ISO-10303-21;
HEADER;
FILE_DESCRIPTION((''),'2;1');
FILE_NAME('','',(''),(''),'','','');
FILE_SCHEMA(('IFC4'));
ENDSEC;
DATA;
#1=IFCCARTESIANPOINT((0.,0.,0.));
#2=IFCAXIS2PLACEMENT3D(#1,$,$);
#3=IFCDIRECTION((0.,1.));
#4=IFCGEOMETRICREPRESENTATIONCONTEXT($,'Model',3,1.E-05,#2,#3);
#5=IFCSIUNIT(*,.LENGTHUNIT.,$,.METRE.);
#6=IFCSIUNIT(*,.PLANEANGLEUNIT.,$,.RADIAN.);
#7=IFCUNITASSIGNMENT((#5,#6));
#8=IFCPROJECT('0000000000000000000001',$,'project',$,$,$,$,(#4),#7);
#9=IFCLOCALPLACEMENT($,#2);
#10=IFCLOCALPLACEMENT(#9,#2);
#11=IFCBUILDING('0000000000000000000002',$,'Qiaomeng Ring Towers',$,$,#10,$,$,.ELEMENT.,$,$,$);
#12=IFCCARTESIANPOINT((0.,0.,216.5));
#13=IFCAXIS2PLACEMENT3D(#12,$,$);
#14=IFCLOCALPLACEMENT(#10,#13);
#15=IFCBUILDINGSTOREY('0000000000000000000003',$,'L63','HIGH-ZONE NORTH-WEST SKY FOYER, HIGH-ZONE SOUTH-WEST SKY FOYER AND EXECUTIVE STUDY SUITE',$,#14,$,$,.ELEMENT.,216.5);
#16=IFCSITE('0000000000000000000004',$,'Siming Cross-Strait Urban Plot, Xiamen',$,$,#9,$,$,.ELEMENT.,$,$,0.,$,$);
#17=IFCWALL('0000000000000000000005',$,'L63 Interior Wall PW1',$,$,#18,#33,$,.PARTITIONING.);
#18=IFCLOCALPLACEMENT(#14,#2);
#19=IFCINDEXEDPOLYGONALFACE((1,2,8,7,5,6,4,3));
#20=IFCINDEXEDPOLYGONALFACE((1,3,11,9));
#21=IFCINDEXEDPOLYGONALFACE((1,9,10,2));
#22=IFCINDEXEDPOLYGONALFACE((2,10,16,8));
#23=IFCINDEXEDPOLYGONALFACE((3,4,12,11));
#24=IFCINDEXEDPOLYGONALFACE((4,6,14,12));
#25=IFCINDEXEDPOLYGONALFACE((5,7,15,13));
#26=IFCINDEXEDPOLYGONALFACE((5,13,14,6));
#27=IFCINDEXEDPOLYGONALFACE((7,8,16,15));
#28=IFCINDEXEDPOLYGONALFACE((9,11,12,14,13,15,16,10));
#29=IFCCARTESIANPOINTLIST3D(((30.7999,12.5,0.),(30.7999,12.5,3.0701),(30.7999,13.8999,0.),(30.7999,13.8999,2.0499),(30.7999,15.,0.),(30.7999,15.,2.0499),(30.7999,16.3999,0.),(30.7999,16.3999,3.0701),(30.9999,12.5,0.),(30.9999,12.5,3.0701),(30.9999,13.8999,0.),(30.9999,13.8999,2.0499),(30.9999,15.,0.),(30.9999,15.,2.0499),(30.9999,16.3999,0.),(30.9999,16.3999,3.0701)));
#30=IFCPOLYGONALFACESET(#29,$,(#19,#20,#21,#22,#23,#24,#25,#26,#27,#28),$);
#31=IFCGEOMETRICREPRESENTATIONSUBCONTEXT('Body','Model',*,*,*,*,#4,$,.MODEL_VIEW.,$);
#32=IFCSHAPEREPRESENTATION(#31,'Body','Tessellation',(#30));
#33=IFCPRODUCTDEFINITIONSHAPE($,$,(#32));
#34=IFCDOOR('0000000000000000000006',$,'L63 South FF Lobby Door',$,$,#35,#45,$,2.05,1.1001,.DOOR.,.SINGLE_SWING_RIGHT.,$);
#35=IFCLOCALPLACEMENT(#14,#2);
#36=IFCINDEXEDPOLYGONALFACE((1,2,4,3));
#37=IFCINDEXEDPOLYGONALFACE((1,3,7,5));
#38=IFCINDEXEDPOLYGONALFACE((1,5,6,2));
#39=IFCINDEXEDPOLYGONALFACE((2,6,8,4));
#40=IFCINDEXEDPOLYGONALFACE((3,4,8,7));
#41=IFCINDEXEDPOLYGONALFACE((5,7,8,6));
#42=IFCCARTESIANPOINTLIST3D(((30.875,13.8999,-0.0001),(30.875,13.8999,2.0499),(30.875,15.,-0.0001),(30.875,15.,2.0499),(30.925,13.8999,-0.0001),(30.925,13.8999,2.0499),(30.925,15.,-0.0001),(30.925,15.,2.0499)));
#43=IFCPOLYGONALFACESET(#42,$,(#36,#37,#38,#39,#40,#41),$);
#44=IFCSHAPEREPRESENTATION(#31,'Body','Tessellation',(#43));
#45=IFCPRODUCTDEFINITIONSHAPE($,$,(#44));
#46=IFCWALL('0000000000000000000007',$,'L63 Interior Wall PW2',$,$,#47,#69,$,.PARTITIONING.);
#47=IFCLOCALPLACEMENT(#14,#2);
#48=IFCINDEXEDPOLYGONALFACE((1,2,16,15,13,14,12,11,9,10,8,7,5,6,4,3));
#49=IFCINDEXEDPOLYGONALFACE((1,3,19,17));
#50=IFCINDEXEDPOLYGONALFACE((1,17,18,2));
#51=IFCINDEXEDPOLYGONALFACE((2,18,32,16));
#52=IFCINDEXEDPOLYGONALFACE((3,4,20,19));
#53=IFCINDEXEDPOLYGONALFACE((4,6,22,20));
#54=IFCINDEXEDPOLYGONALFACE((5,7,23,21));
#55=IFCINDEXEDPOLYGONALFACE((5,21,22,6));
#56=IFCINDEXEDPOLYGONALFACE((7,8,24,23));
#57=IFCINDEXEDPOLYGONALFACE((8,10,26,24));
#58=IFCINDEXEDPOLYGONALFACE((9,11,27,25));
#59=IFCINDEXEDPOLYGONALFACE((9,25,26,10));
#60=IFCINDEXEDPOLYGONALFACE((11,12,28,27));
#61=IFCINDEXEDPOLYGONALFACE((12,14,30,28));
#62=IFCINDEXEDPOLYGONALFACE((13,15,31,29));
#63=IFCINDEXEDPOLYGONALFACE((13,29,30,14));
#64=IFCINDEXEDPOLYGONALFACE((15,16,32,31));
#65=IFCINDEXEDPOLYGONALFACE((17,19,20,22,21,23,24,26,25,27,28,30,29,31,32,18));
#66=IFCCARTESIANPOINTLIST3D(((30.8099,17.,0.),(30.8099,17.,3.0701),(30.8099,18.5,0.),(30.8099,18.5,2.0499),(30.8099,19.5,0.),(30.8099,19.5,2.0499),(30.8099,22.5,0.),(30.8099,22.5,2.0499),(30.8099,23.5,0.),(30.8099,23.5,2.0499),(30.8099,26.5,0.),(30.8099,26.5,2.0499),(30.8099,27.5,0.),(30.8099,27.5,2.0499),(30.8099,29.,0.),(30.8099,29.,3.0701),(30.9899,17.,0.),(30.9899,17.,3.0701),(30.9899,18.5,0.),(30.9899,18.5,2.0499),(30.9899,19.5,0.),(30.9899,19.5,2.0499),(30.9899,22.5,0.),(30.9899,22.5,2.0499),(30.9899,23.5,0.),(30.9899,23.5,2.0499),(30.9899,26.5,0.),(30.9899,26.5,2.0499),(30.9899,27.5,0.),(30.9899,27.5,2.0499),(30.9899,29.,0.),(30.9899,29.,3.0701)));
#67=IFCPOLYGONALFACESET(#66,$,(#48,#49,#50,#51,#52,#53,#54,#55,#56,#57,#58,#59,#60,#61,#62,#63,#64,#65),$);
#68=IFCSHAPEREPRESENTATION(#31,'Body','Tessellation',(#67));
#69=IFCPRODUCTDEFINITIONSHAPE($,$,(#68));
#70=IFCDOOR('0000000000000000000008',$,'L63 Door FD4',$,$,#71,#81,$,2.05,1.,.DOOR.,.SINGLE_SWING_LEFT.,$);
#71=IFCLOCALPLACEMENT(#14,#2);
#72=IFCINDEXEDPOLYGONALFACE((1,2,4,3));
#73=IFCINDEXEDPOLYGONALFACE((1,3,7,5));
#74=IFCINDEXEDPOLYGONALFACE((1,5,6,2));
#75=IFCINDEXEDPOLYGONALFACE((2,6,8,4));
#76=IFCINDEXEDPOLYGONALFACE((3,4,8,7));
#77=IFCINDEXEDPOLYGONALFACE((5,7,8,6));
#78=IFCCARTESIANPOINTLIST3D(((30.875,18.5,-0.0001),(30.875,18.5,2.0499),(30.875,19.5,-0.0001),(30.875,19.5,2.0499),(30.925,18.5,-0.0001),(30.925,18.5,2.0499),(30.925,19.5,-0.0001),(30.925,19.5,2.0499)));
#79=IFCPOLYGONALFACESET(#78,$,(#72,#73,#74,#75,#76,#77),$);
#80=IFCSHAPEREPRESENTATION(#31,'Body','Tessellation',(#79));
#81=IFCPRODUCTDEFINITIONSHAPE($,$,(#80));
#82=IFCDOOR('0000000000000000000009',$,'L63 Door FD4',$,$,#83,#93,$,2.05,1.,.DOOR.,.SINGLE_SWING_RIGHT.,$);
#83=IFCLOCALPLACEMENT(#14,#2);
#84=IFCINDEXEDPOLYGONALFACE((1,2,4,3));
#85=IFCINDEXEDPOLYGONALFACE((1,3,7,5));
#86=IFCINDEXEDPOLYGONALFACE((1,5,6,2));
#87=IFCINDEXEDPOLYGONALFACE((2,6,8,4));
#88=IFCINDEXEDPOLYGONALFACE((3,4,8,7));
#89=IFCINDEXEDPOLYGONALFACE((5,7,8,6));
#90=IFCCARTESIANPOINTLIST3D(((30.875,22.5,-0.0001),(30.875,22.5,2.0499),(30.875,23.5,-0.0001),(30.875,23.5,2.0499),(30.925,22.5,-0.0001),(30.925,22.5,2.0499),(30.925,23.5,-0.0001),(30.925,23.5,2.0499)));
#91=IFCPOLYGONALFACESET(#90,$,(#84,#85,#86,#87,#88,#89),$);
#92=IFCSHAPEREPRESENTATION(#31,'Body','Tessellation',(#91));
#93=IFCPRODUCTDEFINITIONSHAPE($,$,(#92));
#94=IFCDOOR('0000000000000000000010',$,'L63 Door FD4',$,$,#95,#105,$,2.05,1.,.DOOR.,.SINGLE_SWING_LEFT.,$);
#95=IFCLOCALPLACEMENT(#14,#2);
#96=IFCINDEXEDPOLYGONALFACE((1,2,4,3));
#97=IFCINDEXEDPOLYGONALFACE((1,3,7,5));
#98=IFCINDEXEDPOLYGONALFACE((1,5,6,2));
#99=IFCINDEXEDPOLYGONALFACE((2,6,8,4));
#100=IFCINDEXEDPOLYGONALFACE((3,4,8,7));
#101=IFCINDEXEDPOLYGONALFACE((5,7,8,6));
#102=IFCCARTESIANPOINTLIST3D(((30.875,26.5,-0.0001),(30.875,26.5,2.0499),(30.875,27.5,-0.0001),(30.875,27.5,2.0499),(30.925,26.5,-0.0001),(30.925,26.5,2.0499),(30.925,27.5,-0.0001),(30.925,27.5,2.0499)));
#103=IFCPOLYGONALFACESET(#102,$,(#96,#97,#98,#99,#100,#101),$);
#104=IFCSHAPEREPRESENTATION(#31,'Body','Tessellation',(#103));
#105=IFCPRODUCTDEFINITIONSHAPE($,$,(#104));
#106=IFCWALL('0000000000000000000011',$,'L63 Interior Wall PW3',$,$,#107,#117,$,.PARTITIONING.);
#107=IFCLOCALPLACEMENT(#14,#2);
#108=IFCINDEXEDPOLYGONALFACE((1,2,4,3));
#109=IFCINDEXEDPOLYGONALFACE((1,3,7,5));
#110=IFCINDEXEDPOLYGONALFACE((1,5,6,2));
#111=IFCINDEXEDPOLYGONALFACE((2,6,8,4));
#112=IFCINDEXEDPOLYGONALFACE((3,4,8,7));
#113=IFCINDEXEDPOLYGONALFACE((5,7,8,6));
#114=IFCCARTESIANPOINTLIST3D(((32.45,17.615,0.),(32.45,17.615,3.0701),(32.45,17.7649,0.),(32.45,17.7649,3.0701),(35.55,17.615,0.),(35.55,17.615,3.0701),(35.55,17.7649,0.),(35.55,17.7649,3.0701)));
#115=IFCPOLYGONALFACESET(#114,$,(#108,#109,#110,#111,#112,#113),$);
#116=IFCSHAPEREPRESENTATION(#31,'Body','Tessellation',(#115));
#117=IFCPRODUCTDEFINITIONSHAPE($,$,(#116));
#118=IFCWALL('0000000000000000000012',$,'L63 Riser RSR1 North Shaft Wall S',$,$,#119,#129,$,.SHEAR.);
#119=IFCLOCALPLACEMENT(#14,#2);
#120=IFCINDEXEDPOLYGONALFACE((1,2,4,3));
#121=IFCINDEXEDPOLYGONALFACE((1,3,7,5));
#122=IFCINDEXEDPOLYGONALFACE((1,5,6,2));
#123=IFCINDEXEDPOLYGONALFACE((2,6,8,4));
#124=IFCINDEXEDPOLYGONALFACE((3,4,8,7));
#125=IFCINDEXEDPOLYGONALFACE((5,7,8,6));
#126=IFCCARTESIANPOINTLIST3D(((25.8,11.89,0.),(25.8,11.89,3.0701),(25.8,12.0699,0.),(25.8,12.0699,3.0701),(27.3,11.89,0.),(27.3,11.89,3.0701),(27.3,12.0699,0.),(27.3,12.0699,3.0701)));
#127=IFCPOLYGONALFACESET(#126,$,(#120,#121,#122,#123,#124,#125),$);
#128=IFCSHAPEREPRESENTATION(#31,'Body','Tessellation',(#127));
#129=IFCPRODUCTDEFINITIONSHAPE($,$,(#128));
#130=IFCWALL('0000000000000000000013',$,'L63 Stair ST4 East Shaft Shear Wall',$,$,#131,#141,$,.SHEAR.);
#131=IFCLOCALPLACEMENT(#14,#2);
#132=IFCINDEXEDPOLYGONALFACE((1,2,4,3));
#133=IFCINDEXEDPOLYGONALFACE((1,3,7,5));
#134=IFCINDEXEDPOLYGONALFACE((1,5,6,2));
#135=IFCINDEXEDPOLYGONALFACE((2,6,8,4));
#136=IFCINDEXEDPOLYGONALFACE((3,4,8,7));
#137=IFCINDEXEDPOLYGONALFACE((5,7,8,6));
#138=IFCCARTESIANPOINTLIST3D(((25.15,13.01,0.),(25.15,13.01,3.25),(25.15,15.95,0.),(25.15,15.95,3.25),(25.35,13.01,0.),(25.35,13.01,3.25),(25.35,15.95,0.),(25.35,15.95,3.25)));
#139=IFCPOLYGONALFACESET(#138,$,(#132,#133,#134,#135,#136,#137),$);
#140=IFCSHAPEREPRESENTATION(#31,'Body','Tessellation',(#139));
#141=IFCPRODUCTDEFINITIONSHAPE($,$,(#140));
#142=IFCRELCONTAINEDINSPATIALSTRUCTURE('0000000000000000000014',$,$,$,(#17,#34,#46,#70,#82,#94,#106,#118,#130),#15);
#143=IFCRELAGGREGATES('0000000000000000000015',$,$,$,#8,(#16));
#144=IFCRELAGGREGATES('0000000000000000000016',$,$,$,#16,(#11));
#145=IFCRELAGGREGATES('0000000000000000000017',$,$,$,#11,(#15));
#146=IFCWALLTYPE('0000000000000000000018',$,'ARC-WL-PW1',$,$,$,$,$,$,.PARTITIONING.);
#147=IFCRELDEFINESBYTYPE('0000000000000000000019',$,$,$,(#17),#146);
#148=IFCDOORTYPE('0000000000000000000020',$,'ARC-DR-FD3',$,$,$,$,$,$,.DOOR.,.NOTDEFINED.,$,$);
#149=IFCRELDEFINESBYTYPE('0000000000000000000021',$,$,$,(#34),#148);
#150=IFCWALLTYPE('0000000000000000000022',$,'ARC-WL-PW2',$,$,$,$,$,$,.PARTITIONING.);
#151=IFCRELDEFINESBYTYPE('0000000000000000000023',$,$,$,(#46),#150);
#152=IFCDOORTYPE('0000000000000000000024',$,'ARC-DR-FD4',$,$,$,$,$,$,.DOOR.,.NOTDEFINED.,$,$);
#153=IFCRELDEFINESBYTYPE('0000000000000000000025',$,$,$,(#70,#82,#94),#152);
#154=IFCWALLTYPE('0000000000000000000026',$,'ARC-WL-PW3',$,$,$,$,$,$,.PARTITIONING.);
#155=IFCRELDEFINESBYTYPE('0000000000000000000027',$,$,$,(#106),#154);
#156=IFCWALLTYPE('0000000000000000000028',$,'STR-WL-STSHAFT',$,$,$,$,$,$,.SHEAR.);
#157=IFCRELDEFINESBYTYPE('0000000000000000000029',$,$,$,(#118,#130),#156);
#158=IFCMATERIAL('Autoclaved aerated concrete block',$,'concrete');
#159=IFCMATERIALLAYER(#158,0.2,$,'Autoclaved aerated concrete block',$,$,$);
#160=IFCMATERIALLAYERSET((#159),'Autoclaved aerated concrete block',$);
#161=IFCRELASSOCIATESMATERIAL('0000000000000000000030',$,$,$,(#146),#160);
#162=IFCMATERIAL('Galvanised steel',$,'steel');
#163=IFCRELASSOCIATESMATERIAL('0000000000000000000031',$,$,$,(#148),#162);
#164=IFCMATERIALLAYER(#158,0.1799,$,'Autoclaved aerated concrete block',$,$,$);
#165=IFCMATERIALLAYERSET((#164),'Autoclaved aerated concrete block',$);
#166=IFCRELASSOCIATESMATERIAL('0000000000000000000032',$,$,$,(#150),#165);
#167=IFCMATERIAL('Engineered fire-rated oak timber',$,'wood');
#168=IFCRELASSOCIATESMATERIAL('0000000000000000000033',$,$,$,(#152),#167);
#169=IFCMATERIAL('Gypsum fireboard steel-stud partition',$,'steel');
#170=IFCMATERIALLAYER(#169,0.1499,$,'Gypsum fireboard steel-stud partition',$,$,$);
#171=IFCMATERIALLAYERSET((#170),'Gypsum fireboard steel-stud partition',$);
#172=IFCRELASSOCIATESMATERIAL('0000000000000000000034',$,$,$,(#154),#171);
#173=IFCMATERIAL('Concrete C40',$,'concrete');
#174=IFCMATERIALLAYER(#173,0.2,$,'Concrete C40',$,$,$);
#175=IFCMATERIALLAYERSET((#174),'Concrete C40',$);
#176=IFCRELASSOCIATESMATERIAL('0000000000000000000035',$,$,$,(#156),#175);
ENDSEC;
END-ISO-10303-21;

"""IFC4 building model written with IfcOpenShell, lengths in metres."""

from ifc_helpers import new_model, si_unit, direction, frame, frame_2d, origin, place, context, subcontext, project, spatial, rectangle, extrude, source, transform, mapped, material, layer, layer_set, type_object, element, fill, save


model = new_model("IFC4")

# Units and contexts
model_context = context("Model", 3, precision=1e-05, world=origin(), true_north=direction((0.0, 1.0)))
body_context = subcontext(model_context, "Body", "Model", "MODEL_VIEW")
ifc_project = project(units=[si_unit("LENGTHUNIT", "METRE"), si_unit("PLANEANGLEUNIT", "RADIAN")], contexts=[model_context])

# Site, building, storey
site_placement = place(None, origin())
site = spatial("IfcSite", under=ifc_project, at=site_placement, Name="Siming Cross-Strait Urban Plot, Xiamen", CompositionType="ELEMENT", RefElevation=0.0)
building_placement = place(site_placement, origin())
building = spatial("IfcBuilding", under=site, at=building_placement, Name="Qiaomeng Ring Towers", CompositionType="ELEMENT")
storey_placement = place(building_placement, frame((0.0, 0.0, 216.5)))
storey = spatial("IfcBuildingStorey", under=building, at=storey_placement, Name="L63", Description="HIGH-ZONE NORTH-WEST SKY FOYER, HIGH-ZONE SOUTH-WEST SKY FOYER AND EXECUTIVE STUDY SUITE", CompositionType="ELEMENT", Elevation=216.5)

# Shared definitions
ifc_material_1 = material(Name="Concrete C40", Category="concrete")

# Shared definitions
ifc_material_2 = material(Name="Autoclaved aerated concrete block", Category="concrete")
ifc_layer_1 = layer(ifc_material_2, 0.2, Name="Autoclaved aerated concrete block")
ifc_layer_set_1 = layer_set([ifc_layer_1], Name="Autoclaved aerated concrete block")
wall_type_1 = type_object("IfcWallType", Name="ARC-WL-PW1", PredefinedType="PARTITIONING", material=ifc_layer_set_1)

# Wall, opening, door
wall_1_placement = place(storey_placement, frame((30.8999, 12.5, 0.0), z_axis=(0.0, 0.0, 1.0), x_axis=(0.0, 1.0, 0.0)))
wall_1 = element("IfcWall", 1, at=wall_1_placement, inside=storey, type_object=wall_type_1, Name="L63 Interior Wall PW1", PredefinedType="PARTITIONING", context=body_context, shape_type="SweptSolid", body=[
    extrude(rectangle(XDim=3.8999, YDim=0.2, at=frame_2d((1.95, 0.0))), origin(), (0.0, 0.0, 1.0), 3.0701),
])
opening_1_placement = place(wall_1_placement, frame((1.3999, 0.0, 0.0)))
opening_1 = element("IfcOpeningElement", 2, at=opening_1_placement, cuts=wall_1, PredefinedType="OPENING", context=body_context, shape_type="SweptSolid", body=[
    extrude(rectangle(XDim=1.1001, YDim=2.05, at=frame_2d((0.55, 1.0249))), frame((0.0, 0.1099, 0.0), z_axis=(0.0, -1.0, 0.0), x_axis=(1.0, 0.0, 0.0)), (0.0, 0.0, 1.0), 0.22),
])
ifc_material_3 = material(Name="Galvanised steel", Category="steel")
door_type_1 = type_object("IfcDoorType", Name="ARC-DR-FD3", OperationType="NOTDEFINED", PredefinedType="DOOR", material=ifc_material_3)
shared_shape_1 = source(origin(), body_context, "Body", "SweptSolid", [
    extrude(rectangle(XDim=1.1001, YDim=2.05, at=frame_2d((0.55, 1.0249))), frame((0.0, 0.0249, 0.0), z_axis=(0.0, -1.0, 0.0), x_axis=(1.0, 0.0, 0.0)), (0.0, 0.0, 1.0), 0.05),
])
door_1_placement = place(opening_1_placement, origin())
door_1 = element("IfcDoor", 3, at=door_1_placement, inside=storey, type_object=door_type_1, Name="L63 South FF Lobby Door", OperationType="SINGLE_SWING_RIGHT", OverallHeight=2.05, OverallWidth=1.1001, PredefinedType="DOOR", context=body_context, shape_type="MappedRepresentation", body=[
    mapped(shared_shape_1, transform((0.0, 0.0, 0.0), x_axis=(1.0, 0.0, 0.0), y_axis=(0.0, 1.0, 0.0), z_axis=(0.0, 0.0, 1.0), scale=1.0)),
])
fill(opening_1, door_1)

# Wall, openings, doors
ifc_layer_2 = layer(ifc_material_2, 0.1799, Name="Autoclaved aerated concrete block")
ifc_layer_set_2 = layer_set([ifc_layer_2], Name="Autoclaved aerated concrete block")
wall_type_2 = type_object("IfcWallType", Name="ARC-WL-PW2", PredefinedType="PARTITIONING", material=ifc_layer_set_2)
wall_2_placement = place(storey_placement, frame((30.8999, 17.0, 0.0), z_axis=(0.0, 0.0, 1.0), x_axis=(0.0, 1.0, 0.0)))
wall_2 = element("IfcWall", 4, at=wall_2_placement, inside=storey, type_object=wall_type_2, Name="L63 Interior Wall PW2", PredefinedType="PARTITIONING", context=body_context, shape_type="SweptSolid", body=[
    extrude(rectangle(XDim=12.0, YDim=0.1799, at=frame_2d((6.0, 0.0))), origin(), (0.0, 0.0, 1.0), 3.0701),
])
opening_2_placement = place(wall_2_placement, frame((1.5, 0.0, 0.0)))
opening_2 = element("IfcOpeningElement", 5, at=opening_2_placement, cuts=wall_2, PredefinedType="OPENING", context=body_context, shape_type="SweptSolid", body=[
    extrude(rectangle(XDim=1.0, YDim=2.05, at=frame_2d((0.5, 1.0249))), frame((0.0, 0.0999, 0.0), z_axis=(0.0, -1.0, 0.0), x_axis=(1.0, 0.0, 0.0)), (0.0, 0.0, 1.0), 0.2),
])
opening_3_placement = place(wall_2_placement, frame((5.5, 0.0, 0.0)))
opening_3 = element("IfcOpeningElement", 6, at=opening_3_placement, cuts=wall_2, PredefinedType="OPENING", context=body_context, shape_type="SweptSolid", body=[
    extrude(rectangle(XDim=1.0, YDim=2.05, at=frame_2d((0.5, 1.0249))), frame((0.0, 0.0999, 0.0), z_axis=(0.0, -1.0, 0.0), x_axis=(1.0, 0.0, 0.0)), (0.0, 0.0, 1.0), 0.2),
])
opening_4_placement = place(wall_2_placement, frame((9.5, 0.0, 0.0)))
opening_4 = element("IfcOpeningElement", 7, at=opening_4_placement, cuts=wall_2, PredefinedType="OPENING", context=body_context, shape_type="SweptSolid", body=[
    extrude(rectangle(XDim=1.0, YDim=2.05, at=frame_2d((0.5, 1.0249))), frame((0.0, 0.0999, 0.0), z_axis=(0.0, -1.0, 0.0), x_axis=(1.0, 0.0, 0.0)), (0.0, 0.0, 1.0), 0.2),
])
ifc_material_4 = material(Name="Engineered fire-rated oak timber", Category="wood")
door_type_2 = type_object("IfcDoorType", Name="ARC-DR-FD4", OperationType="NOTDEFINED", PredefinedType="DOOR", material=ifc_material_4)
shared_shape_2 = source(origin(), body_context, "Body", "SweptSolid", [
    extrude(rectangle(XDim=1.0, YDim=2.05, at=frame_2d((0.5, 1.0249))), frame((0.0, 0.0249, 0.0), z_axis=(0.0, -1.0, 0.0), x_axis=(1.0, 0.0, 0.0)), (0.0, 0.0, 1.0), 0.05),
])
door_2_placement = place(opening_2_placement, origin())
door_2 = element("IfcDoor", 8, at=door_2_placement, inside=storey, type_object=door_type_2, Name="L63 Door FD4", OperationType="SINGLE_SWING_LEFT", OverallHeight=2.05, OverallWidth=1.0, PredefinedType="DOOR", context=body_context, shape_type="MappedRepresentation", body=[
    mapped(shared_shape_2, transform((0.0, 0.0, 0.0), x_axis=(1.0, 0.0, 0.0), y_axis=(0.0, 1.0, 0.0), z_axis=(0.0, 0.0, 1.0), scale=1.0)),
])
fill(opening_2, door_2)
door_3_placement = place(opening_3_placement, origin())
door_3 = element("IfcDoor", 9, at=door_3_placement, inside=storey, type_object=door_type_2, Name="L63 Door FD4", OperationType="SINGLE_SWING_RIGHT", OverallHeight=2.05, OverallWidth=1.0, PredefinedType="DOOR", context=body_context, shape_type="MappedRepresentation", body=[
    mapped(shared_shape_2, transform((0.0, 0.0, 0.0), x_axis=(1.0, 0.0, 0.0), y_axis=(0.0, 1.0, 0.0), z_axis=(0.0, 0.0, 1.0), scale=1.0)),
])
fill(opening_3, door_3)
door_4_placement = place(opening_4_placement, origin())
door_4 = element("IfcDoor", 10, at=door_4_placement, inside=storey, type_object=door_type_2, Name="L63 Door FD4", OperationType="SINGLE_SWING_LEFT", OverallHeight=2.05, OverallWidth=1.0, PredefinedType="DOOR", context=body_context, shape_type="MappedRepresentation", body=[
    mapped(shared_shape_2, transform((0.0, 0.0, 0.0), x_axis=(1.0, 0.0, 0.0), y_axis=(0.0, 1.0, 0.0), z_axis=(0.0, 0.0, 1.0), scale=1.0)),
])
fill(opening_4, door_4)

# Walls
ifc_material_5 = material(Name="Gypsum fireboard steel-stud partition", Category="steel")
ifc_layer_3 = layer(ifc_material_5, 0.1499, Name="Gypsum fireboard steel-stud partition")
ifc_layer_set_3 = layer_set([ifc_layer_3], Name="Gypsum fireboard steel-stud partition")
wall_type_3 = type_object("IfcWallType", Name="ARC-WL-PW3", PredefinedType="PARTITIONING", material=ifc_layer_set_3)
wall_3_placement = place(storey_placement, frame((32.45, 17.6899, 0.0), z_axis=(0.0, 0.0, 1.0), x_axis=(1.0, 0.0, 0.0)))
element("IfcWall", 11, at=wall_3_placement, inside=storey, type_object=wall_type_3, Name="L63 Interior Wall PW3", PredefinedType="PARTITIONING", context=body_context, shape_type="SweptSolid", body=[
    extrude(rectangle(XDim=3.1001, YDim=0.1499, at=frame_2d((1.55, 0.0))), origin(), (0.0, 0.0, 1.0), 3.0701),
])
ifc_layer_4 = layer(ifc_material_1, 0.2, Name="Concrete C40")
ifc_layer_set_4 = layer_set([ifc_layer_4], Name="Concrete C40")
wall_type_4 = type_object("IfcWallType", Name="STR-WL-STSHAFT", PredefinedType="SHEAR", material=ifc_layer_set_4)
wall_4_placement = place(storey_placement, frame((25.8, 11.98, 0.0), z_axis=(0.0, 0.0, 1.0), x_axis=(1.0, 0.0, 0.0)))
element("IfcWall", 12, at=wall_4_placement, inside=storey, type_object=wall_type_4, Name="L63 Riser RSR1 North Shaft Wall S", PredefinedType="SHEAR", context=body_context, shape_type="SweptSolid", body=[
    extrude(rectangle(XDim=1.5, YDim=0.1799, at=frame_2d((0.75, 0.0))), origin(), (0.0, 0.0, 1.0), 3.0701),
])
wall_5_placement = place(storey_placement, frame((25.25, 13.01, 0.0), z_axis=(0.0, 0.0, 1.0), x_axis=(0.0, 1.0, 0.0)))
element("IfcWall", 13, at=wall_5_placement, inside=storey, type_object=wall_type_4, Name="L63 Stair ST4 East Shaft Shear Wall", PredefinedType="SHEAR", context=body_context, shape_type="SweptSolid", body=[
    extrude(rectangle(XDim=2.9399, YDim=0.2, at=frame_2d((1.47, 0.0))), origin(), (0.0, 0.0, 1.0), 3.25),
])

save(model, "model.ifc")
